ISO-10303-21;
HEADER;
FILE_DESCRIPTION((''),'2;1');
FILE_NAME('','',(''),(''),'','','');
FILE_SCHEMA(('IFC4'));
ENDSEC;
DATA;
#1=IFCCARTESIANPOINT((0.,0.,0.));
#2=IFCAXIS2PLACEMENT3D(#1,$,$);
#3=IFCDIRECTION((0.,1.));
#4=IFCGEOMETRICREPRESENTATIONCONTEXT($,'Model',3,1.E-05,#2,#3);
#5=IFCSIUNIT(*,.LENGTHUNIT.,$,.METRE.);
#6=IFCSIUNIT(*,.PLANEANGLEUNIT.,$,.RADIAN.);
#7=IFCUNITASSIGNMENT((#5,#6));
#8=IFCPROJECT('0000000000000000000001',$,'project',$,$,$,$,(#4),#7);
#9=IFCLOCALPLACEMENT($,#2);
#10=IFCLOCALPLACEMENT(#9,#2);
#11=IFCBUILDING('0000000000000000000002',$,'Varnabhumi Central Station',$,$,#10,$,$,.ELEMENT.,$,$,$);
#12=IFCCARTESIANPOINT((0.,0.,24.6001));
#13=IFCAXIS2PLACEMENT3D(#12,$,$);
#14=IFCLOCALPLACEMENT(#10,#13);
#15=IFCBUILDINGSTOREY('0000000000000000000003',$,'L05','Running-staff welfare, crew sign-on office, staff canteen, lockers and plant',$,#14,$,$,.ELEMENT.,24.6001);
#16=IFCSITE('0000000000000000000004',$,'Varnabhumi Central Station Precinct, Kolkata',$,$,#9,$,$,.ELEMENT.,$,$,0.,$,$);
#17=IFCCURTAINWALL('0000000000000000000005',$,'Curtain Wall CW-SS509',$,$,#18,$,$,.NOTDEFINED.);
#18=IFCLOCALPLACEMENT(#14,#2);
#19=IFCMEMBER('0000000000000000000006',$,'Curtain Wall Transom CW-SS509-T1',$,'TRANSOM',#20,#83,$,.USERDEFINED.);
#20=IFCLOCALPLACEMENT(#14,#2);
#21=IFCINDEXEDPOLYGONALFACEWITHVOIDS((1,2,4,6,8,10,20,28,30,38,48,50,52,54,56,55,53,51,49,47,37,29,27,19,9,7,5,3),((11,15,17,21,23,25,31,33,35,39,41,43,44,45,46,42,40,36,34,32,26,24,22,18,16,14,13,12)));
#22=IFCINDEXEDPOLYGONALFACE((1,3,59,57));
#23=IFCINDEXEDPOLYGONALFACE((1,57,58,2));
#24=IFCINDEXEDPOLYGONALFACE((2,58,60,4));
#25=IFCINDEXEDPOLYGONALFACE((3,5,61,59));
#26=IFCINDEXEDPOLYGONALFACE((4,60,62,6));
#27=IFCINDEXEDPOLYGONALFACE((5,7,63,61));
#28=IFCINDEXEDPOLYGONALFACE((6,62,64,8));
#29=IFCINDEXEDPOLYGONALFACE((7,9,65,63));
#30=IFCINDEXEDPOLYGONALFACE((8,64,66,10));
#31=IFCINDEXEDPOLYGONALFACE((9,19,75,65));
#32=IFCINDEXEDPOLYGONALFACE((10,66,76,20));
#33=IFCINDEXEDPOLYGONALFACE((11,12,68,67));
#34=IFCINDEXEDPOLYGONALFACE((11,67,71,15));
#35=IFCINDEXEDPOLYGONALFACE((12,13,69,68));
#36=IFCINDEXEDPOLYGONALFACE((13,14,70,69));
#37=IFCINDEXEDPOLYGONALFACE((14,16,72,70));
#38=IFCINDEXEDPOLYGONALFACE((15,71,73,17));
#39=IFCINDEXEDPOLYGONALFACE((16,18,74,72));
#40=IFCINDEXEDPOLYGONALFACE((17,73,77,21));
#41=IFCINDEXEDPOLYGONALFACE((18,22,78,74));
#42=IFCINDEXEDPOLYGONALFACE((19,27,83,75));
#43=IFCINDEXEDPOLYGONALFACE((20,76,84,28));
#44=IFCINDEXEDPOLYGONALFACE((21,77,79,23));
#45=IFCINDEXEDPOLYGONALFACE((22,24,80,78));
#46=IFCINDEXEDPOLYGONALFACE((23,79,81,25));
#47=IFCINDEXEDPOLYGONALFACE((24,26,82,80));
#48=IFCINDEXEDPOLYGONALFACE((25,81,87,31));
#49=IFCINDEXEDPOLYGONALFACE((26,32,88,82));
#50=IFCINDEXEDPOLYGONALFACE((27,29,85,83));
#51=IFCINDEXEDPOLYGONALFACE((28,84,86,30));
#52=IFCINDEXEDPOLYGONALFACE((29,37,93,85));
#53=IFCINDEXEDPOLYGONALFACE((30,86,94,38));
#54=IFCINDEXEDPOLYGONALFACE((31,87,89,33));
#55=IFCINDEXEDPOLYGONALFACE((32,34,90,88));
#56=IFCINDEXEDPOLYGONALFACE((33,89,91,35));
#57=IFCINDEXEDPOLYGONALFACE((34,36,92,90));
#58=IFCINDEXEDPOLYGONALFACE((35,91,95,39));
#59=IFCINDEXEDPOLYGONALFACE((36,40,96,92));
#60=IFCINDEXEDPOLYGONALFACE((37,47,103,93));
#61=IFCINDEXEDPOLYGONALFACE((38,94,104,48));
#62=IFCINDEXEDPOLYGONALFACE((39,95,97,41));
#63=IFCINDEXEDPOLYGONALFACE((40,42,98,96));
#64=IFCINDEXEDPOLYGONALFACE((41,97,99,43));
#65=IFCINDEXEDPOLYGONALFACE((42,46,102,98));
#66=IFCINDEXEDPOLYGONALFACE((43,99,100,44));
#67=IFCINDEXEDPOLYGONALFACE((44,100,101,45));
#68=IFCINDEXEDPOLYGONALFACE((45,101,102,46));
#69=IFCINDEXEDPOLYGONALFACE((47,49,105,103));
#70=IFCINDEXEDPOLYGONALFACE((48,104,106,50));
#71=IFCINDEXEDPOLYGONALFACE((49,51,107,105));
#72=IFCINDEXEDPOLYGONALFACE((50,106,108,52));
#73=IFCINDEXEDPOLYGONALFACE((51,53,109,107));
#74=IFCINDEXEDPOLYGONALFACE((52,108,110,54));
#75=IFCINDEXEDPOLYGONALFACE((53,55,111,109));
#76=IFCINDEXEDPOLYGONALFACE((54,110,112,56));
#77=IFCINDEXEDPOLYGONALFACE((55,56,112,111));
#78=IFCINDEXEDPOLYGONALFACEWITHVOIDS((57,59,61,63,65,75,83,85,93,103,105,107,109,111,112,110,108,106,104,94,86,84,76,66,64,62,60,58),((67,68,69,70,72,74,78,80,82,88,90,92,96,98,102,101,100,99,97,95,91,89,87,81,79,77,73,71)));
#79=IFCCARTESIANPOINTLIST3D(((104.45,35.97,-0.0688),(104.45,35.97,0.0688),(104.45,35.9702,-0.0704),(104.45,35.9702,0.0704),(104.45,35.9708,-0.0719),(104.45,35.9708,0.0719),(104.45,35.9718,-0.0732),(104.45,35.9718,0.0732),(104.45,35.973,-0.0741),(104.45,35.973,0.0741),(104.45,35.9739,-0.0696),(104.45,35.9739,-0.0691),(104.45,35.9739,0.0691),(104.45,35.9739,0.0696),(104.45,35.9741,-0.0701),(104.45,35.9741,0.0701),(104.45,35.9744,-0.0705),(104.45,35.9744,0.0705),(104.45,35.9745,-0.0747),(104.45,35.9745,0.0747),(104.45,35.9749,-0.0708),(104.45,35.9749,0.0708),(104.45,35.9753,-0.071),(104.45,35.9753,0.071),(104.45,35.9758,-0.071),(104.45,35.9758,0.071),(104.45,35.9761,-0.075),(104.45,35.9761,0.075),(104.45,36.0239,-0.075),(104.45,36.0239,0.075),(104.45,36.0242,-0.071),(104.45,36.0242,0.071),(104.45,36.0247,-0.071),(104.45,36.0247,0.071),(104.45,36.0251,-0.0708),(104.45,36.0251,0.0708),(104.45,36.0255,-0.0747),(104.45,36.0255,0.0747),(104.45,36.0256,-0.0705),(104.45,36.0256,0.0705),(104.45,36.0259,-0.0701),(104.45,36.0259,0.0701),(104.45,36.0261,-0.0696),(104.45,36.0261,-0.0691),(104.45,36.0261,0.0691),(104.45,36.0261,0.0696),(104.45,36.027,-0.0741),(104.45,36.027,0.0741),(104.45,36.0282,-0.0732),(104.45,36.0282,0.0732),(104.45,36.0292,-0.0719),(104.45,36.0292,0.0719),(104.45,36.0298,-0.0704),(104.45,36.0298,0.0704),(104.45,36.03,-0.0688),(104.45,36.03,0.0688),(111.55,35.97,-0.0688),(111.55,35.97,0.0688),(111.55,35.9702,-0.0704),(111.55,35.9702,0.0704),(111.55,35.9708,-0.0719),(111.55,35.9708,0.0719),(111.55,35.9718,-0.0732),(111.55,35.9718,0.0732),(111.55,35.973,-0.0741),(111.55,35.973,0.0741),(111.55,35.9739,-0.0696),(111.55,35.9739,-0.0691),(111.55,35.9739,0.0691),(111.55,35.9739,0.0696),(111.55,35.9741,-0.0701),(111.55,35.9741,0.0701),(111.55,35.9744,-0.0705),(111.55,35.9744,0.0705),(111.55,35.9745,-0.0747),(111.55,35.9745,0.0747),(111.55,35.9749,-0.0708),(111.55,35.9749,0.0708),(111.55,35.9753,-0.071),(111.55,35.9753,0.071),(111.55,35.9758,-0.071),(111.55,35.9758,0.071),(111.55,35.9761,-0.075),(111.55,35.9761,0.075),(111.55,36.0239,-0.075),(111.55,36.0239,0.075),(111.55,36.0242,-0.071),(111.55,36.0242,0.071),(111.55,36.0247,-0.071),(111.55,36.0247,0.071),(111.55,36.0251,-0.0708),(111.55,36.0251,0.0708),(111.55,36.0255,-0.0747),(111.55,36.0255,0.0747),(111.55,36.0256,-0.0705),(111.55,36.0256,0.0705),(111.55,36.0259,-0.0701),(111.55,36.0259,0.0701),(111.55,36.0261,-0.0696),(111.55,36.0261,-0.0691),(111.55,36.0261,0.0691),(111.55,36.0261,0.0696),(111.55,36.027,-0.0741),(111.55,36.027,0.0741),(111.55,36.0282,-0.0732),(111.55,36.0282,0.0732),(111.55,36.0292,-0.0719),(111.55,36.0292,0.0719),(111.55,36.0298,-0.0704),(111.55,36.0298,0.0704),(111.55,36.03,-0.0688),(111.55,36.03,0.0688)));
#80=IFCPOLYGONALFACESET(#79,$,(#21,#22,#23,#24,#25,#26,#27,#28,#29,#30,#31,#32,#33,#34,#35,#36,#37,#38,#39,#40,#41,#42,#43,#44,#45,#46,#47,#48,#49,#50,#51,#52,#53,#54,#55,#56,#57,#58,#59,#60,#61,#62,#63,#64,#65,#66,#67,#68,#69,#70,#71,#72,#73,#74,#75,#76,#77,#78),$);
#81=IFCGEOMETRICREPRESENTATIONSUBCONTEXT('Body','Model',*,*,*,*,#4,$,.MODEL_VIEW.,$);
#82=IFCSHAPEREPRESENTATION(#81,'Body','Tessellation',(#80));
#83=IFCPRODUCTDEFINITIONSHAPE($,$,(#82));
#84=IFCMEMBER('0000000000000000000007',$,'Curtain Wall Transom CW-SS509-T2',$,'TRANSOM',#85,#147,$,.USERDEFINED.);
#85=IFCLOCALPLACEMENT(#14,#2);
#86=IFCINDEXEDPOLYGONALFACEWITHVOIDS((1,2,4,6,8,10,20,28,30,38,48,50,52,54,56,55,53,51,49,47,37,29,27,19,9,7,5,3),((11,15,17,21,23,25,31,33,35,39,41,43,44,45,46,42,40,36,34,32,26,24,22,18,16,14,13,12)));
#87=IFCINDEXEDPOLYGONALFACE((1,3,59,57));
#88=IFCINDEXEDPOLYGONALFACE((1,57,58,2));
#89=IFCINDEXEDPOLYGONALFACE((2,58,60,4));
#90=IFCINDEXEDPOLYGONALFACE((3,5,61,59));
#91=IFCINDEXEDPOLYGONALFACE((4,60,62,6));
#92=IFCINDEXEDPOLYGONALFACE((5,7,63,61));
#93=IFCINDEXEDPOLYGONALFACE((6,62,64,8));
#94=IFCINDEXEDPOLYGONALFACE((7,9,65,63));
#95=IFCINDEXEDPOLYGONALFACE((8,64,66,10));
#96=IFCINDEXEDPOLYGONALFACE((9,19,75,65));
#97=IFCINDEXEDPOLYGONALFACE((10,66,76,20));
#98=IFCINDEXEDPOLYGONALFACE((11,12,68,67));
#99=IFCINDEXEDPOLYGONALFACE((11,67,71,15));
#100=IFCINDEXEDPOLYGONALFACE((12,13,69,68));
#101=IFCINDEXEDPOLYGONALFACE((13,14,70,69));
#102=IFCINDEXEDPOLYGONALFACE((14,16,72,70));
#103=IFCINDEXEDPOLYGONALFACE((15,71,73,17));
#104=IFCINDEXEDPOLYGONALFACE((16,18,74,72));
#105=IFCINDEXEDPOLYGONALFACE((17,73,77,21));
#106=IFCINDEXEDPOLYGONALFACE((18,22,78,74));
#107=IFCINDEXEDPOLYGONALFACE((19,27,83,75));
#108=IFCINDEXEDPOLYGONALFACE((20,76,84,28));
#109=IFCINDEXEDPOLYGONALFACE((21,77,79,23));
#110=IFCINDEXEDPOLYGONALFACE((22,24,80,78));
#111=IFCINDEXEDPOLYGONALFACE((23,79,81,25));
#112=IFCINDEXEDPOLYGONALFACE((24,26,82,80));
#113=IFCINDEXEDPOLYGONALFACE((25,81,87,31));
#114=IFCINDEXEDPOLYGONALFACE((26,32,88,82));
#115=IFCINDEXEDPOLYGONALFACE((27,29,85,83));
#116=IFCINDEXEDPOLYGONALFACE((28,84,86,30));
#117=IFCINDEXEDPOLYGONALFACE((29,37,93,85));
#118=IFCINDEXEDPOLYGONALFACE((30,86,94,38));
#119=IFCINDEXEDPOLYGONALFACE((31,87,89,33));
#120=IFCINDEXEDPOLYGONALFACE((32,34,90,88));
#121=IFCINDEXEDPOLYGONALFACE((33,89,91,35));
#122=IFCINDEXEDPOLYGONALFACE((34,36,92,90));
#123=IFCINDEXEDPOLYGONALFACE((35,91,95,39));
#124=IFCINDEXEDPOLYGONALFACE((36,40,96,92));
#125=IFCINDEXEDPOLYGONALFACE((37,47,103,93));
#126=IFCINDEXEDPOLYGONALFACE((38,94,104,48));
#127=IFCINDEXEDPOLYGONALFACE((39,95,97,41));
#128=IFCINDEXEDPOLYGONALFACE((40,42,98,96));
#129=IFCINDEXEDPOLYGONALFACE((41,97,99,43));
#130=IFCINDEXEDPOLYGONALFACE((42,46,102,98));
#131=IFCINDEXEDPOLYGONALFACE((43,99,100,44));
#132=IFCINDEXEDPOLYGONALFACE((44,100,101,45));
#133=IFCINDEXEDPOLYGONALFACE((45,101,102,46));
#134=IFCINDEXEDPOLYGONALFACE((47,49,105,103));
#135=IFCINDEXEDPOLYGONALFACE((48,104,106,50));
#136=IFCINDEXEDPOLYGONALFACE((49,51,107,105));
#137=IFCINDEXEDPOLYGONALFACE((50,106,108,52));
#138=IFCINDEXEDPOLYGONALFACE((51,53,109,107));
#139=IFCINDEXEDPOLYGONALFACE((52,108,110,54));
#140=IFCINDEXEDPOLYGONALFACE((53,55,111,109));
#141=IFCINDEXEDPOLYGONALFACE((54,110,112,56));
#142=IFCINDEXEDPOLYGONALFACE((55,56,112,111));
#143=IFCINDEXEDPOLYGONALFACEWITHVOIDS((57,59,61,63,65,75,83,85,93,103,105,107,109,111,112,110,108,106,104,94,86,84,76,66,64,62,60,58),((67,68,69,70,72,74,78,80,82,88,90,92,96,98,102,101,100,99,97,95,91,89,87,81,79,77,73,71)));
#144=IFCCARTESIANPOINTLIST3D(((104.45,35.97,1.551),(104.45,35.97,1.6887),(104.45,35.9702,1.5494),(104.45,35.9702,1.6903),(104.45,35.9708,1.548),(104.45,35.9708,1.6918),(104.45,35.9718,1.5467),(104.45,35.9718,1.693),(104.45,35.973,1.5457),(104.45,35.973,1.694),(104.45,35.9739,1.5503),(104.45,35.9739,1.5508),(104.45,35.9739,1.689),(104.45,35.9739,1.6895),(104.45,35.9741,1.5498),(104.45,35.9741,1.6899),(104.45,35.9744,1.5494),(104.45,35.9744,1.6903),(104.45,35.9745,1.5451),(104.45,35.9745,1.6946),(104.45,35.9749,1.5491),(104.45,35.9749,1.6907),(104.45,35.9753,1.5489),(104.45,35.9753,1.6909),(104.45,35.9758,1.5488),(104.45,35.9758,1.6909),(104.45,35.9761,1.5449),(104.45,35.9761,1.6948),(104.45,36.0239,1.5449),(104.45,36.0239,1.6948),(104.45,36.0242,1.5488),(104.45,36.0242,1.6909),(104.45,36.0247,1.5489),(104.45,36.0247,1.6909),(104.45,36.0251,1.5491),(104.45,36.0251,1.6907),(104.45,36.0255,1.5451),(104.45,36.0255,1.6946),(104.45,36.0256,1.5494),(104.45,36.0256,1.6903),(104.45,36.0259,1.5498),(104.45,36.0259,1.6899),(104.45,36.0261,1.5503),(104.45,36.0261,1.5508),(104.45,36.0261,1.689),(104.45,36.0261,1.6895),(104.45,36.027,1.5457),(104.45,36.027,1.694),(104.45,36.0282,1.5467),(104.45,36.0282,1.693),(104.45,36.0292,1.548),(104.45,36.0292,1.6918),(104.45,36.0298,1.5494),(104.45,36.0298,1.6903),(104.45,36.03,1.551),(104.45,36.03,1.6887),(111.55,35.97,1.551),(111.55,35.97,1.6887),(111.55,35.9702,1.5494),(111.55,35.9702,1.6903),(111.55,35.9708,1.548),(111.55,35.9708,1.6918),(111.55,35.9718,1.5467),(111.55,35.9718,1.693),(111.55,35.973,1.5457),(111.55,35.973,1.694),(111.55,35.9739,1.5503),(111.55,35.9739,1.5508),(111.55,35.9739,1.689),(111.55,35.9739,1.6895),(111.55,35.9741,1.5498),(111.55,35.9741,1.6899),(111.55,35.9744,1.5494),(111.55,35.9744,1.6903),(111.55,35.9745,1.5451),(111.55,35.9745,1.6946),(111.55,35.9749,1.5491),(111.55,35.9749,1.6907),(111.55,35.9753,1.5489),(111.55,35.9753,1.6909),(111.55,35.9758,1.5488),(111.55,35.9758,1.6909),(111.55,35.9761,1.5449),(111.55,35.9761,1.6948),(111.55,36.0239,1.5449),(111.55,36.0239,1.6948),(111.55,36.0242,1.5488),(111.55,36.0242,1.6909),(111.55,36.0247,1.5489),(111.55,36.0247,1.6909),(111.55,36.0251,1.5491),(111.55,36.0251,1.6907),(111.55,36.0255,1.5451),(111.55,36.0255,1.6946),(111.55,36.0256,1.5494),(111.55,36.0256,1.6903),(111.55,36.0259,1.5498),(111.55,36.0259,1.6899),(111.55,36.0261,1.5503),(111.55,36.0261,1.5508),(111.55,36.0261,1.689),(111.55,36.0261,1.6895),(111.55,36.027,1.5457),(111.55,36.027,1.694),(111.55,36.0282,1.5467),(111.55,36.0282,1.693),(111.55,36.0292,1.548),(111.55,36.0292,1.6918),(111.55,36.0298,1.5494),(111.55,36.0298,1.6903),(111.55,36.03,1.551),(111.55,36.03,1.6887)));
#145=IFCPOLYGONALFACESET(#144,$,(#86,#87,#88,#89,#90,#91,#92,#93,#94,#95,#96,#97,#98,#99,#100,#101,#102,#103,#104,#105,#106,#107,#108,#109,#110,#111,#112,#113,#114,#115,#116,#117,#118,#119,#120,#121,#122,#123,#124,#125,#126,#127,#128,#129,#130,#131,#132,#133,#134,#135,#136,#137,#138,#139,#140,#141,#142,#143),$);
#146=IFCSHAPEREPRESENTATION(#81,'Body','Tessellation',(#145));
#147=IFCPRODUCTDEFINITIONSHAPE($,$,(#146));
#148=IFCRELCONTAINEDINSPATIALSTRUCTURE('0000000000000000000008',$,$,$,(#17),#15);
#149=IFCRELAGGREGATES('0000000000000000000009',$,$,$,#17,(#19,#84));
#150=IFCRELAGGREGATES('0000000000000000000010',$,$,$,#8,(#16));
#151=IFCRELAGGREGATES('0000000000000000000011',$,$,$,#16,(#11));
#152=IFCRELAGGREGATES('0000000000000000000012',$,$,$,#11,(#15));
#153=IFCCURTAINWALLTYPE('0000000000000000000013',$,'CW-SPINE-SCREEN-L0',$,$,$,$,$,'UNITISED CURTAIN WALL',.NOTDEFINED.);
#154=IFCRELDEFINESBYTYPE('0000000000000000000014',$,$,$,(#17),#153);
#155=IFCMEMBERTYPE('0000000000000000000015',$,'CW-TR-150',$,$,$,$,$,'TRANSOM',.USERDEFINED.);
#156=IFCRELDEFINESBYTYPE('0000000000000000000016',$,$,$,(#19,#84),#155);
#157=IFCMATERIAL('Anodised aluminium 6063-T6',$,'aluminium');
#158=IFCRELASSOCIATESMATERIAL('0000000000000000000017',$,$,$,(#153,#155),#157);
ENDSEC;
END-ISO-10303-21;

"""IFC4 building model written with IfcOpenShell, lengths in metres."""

from ifc_helpers import new_model, si_unit, direction, frame, origin, origin_2d, place, context, subcontext, project, spatial, hollow_rectangle, extrude, material, material_profile, profile_set, type_object, element, aggregate, save


model = new_model("IFC4")

# Units and contexts
model_context = context("Model", 3, precision=1e-05, world=origin(), true_north=direction((0.0, 1.0)))
body_context = subcontext(model_context, "Body", "Model", "MODEL_VIEW")
ifc_project = project(units=[si_unit("LENGTHUNIT", "METRE"), si_unit("PLANEANGLEUNIT", "RADIAN")], contexts=[model_context])

# Site, building, storey
site_placement = place(None, origin())
site = spatial("IfcSite", under=ifc_project, at=site_placement, Name="Varnabhumi Central Station Precinct, Kolkata", CompositionType="ELEMENT", RefElevation=0.0)
building_placement = place(site_placement, origin())
building = spatial("IfcBuilding", under=site, at=building_placement, Name="Varnabhumi Central Station", CompositionType="ELEMENT")
storey_placement = place(building_placement, frame((0.0, 0.0, 24.6001)))
storey = spatial("IfcBuildingStorey", under=building, at=storey_placement, Name="L05", Description="Running-staff welfare, crew sign-on office, staff canteen, lockers and plant", CompositionType="ELEMENT", Elevation=24.6001)

# Curtain wall, members
ifc_material_1 = material(Name="Anodised aluminium 6063-T6", Category="aluminium")
curtain_wall_type = type_object("IfcCurtainWallType", Name="CW-SPINE-SCREEN-L0", ElementType="UNITISED CURTAIN WALL", PredefinedType="NOTDEFINED", material=ifc_material_1)
curtain_wall_placement = place(storey_placement, origin())
curtain_wall = element("IfcCurtainWall", 1, at=curtain_wall_placement, inside=storey, type_object=curtain_wall_type, Name="Curtain Wall CW-SS509", PredefinedType="NOTDEFINED")
ifc_material_profile_1 = material_profile(ifc_material_1, hollow_rectangle(XDim=0.0601, YDim=0.1499, WallThickness=0.0039, InnerFilletRadius=0.002, OuterFilletRadius=0.0061, at=origin_2d()), Name="Anodised aluminium 6063-T6", Category="aluminium")
ifc_profile_set_1 = profile_set([ifc_material_profile_1], Name="Anodised aluminium 6063-T6")
member_type_1 = type_object("IfcMemberType", Name="CW-TR-150", ElementType="TRANSOM", PredefinedType="USERDEFINED", material=ifc_profile_set_1)
member_1_placement = place(storey_placement, frame((104.45, 36.0, 0.0), z_axis=(1.0, 0.0, 0.0), x_axis=(0.0, 1.0, 0.0)))
member_1 = element("IfcMember", 2, at=member_1_placement, type_object=member_type_1, Name="Curtain Wall Transom CW-SS509-T1", ObjectType="TRANSOM", PredefinedType="USERDEFINED", context=body_context, shape_type="SweptSolid", body=[
    extrude(hollow_rectangle(XDim=0.0601, YDim=0.1499, WallThickness=0.0039, InnerFilletRadius=0.002, OuterFilletRadius=0.0061, at=origin_2d()), origin(), (0.0, 0.0, 1.0), 7.1001),
])
member_2_placement = place(storey_placement, frame((104.45, 36.0, 1.6199), z_axis=(1.0, 0.0, 0.0), x_axis=(0.0, 1.0, 0.0)))
member_2 = element("IfcMember", 3, at=member_2_placement, type_object=member_type_1, Name="Curtain Wall Transom CW-SS509-T2", ObjectType="TRANSOM", PredefinedType="USERDEFINED", context=body_context, shape_type="SweptSolid", body=[
    extrude(hollow_rectangle(XDim=0.0601, YDim=0.1499, WallThickness=0.0039, InnerFilletRadius=0.002, OuterFilletRadius=0.0061, at=origin_2d()), origin(), (0.0, 0.0, 1.0), 7.1001),
])

aggregate(curtain_wall, [member_1, member_2])

save(model, "model.ifc")
